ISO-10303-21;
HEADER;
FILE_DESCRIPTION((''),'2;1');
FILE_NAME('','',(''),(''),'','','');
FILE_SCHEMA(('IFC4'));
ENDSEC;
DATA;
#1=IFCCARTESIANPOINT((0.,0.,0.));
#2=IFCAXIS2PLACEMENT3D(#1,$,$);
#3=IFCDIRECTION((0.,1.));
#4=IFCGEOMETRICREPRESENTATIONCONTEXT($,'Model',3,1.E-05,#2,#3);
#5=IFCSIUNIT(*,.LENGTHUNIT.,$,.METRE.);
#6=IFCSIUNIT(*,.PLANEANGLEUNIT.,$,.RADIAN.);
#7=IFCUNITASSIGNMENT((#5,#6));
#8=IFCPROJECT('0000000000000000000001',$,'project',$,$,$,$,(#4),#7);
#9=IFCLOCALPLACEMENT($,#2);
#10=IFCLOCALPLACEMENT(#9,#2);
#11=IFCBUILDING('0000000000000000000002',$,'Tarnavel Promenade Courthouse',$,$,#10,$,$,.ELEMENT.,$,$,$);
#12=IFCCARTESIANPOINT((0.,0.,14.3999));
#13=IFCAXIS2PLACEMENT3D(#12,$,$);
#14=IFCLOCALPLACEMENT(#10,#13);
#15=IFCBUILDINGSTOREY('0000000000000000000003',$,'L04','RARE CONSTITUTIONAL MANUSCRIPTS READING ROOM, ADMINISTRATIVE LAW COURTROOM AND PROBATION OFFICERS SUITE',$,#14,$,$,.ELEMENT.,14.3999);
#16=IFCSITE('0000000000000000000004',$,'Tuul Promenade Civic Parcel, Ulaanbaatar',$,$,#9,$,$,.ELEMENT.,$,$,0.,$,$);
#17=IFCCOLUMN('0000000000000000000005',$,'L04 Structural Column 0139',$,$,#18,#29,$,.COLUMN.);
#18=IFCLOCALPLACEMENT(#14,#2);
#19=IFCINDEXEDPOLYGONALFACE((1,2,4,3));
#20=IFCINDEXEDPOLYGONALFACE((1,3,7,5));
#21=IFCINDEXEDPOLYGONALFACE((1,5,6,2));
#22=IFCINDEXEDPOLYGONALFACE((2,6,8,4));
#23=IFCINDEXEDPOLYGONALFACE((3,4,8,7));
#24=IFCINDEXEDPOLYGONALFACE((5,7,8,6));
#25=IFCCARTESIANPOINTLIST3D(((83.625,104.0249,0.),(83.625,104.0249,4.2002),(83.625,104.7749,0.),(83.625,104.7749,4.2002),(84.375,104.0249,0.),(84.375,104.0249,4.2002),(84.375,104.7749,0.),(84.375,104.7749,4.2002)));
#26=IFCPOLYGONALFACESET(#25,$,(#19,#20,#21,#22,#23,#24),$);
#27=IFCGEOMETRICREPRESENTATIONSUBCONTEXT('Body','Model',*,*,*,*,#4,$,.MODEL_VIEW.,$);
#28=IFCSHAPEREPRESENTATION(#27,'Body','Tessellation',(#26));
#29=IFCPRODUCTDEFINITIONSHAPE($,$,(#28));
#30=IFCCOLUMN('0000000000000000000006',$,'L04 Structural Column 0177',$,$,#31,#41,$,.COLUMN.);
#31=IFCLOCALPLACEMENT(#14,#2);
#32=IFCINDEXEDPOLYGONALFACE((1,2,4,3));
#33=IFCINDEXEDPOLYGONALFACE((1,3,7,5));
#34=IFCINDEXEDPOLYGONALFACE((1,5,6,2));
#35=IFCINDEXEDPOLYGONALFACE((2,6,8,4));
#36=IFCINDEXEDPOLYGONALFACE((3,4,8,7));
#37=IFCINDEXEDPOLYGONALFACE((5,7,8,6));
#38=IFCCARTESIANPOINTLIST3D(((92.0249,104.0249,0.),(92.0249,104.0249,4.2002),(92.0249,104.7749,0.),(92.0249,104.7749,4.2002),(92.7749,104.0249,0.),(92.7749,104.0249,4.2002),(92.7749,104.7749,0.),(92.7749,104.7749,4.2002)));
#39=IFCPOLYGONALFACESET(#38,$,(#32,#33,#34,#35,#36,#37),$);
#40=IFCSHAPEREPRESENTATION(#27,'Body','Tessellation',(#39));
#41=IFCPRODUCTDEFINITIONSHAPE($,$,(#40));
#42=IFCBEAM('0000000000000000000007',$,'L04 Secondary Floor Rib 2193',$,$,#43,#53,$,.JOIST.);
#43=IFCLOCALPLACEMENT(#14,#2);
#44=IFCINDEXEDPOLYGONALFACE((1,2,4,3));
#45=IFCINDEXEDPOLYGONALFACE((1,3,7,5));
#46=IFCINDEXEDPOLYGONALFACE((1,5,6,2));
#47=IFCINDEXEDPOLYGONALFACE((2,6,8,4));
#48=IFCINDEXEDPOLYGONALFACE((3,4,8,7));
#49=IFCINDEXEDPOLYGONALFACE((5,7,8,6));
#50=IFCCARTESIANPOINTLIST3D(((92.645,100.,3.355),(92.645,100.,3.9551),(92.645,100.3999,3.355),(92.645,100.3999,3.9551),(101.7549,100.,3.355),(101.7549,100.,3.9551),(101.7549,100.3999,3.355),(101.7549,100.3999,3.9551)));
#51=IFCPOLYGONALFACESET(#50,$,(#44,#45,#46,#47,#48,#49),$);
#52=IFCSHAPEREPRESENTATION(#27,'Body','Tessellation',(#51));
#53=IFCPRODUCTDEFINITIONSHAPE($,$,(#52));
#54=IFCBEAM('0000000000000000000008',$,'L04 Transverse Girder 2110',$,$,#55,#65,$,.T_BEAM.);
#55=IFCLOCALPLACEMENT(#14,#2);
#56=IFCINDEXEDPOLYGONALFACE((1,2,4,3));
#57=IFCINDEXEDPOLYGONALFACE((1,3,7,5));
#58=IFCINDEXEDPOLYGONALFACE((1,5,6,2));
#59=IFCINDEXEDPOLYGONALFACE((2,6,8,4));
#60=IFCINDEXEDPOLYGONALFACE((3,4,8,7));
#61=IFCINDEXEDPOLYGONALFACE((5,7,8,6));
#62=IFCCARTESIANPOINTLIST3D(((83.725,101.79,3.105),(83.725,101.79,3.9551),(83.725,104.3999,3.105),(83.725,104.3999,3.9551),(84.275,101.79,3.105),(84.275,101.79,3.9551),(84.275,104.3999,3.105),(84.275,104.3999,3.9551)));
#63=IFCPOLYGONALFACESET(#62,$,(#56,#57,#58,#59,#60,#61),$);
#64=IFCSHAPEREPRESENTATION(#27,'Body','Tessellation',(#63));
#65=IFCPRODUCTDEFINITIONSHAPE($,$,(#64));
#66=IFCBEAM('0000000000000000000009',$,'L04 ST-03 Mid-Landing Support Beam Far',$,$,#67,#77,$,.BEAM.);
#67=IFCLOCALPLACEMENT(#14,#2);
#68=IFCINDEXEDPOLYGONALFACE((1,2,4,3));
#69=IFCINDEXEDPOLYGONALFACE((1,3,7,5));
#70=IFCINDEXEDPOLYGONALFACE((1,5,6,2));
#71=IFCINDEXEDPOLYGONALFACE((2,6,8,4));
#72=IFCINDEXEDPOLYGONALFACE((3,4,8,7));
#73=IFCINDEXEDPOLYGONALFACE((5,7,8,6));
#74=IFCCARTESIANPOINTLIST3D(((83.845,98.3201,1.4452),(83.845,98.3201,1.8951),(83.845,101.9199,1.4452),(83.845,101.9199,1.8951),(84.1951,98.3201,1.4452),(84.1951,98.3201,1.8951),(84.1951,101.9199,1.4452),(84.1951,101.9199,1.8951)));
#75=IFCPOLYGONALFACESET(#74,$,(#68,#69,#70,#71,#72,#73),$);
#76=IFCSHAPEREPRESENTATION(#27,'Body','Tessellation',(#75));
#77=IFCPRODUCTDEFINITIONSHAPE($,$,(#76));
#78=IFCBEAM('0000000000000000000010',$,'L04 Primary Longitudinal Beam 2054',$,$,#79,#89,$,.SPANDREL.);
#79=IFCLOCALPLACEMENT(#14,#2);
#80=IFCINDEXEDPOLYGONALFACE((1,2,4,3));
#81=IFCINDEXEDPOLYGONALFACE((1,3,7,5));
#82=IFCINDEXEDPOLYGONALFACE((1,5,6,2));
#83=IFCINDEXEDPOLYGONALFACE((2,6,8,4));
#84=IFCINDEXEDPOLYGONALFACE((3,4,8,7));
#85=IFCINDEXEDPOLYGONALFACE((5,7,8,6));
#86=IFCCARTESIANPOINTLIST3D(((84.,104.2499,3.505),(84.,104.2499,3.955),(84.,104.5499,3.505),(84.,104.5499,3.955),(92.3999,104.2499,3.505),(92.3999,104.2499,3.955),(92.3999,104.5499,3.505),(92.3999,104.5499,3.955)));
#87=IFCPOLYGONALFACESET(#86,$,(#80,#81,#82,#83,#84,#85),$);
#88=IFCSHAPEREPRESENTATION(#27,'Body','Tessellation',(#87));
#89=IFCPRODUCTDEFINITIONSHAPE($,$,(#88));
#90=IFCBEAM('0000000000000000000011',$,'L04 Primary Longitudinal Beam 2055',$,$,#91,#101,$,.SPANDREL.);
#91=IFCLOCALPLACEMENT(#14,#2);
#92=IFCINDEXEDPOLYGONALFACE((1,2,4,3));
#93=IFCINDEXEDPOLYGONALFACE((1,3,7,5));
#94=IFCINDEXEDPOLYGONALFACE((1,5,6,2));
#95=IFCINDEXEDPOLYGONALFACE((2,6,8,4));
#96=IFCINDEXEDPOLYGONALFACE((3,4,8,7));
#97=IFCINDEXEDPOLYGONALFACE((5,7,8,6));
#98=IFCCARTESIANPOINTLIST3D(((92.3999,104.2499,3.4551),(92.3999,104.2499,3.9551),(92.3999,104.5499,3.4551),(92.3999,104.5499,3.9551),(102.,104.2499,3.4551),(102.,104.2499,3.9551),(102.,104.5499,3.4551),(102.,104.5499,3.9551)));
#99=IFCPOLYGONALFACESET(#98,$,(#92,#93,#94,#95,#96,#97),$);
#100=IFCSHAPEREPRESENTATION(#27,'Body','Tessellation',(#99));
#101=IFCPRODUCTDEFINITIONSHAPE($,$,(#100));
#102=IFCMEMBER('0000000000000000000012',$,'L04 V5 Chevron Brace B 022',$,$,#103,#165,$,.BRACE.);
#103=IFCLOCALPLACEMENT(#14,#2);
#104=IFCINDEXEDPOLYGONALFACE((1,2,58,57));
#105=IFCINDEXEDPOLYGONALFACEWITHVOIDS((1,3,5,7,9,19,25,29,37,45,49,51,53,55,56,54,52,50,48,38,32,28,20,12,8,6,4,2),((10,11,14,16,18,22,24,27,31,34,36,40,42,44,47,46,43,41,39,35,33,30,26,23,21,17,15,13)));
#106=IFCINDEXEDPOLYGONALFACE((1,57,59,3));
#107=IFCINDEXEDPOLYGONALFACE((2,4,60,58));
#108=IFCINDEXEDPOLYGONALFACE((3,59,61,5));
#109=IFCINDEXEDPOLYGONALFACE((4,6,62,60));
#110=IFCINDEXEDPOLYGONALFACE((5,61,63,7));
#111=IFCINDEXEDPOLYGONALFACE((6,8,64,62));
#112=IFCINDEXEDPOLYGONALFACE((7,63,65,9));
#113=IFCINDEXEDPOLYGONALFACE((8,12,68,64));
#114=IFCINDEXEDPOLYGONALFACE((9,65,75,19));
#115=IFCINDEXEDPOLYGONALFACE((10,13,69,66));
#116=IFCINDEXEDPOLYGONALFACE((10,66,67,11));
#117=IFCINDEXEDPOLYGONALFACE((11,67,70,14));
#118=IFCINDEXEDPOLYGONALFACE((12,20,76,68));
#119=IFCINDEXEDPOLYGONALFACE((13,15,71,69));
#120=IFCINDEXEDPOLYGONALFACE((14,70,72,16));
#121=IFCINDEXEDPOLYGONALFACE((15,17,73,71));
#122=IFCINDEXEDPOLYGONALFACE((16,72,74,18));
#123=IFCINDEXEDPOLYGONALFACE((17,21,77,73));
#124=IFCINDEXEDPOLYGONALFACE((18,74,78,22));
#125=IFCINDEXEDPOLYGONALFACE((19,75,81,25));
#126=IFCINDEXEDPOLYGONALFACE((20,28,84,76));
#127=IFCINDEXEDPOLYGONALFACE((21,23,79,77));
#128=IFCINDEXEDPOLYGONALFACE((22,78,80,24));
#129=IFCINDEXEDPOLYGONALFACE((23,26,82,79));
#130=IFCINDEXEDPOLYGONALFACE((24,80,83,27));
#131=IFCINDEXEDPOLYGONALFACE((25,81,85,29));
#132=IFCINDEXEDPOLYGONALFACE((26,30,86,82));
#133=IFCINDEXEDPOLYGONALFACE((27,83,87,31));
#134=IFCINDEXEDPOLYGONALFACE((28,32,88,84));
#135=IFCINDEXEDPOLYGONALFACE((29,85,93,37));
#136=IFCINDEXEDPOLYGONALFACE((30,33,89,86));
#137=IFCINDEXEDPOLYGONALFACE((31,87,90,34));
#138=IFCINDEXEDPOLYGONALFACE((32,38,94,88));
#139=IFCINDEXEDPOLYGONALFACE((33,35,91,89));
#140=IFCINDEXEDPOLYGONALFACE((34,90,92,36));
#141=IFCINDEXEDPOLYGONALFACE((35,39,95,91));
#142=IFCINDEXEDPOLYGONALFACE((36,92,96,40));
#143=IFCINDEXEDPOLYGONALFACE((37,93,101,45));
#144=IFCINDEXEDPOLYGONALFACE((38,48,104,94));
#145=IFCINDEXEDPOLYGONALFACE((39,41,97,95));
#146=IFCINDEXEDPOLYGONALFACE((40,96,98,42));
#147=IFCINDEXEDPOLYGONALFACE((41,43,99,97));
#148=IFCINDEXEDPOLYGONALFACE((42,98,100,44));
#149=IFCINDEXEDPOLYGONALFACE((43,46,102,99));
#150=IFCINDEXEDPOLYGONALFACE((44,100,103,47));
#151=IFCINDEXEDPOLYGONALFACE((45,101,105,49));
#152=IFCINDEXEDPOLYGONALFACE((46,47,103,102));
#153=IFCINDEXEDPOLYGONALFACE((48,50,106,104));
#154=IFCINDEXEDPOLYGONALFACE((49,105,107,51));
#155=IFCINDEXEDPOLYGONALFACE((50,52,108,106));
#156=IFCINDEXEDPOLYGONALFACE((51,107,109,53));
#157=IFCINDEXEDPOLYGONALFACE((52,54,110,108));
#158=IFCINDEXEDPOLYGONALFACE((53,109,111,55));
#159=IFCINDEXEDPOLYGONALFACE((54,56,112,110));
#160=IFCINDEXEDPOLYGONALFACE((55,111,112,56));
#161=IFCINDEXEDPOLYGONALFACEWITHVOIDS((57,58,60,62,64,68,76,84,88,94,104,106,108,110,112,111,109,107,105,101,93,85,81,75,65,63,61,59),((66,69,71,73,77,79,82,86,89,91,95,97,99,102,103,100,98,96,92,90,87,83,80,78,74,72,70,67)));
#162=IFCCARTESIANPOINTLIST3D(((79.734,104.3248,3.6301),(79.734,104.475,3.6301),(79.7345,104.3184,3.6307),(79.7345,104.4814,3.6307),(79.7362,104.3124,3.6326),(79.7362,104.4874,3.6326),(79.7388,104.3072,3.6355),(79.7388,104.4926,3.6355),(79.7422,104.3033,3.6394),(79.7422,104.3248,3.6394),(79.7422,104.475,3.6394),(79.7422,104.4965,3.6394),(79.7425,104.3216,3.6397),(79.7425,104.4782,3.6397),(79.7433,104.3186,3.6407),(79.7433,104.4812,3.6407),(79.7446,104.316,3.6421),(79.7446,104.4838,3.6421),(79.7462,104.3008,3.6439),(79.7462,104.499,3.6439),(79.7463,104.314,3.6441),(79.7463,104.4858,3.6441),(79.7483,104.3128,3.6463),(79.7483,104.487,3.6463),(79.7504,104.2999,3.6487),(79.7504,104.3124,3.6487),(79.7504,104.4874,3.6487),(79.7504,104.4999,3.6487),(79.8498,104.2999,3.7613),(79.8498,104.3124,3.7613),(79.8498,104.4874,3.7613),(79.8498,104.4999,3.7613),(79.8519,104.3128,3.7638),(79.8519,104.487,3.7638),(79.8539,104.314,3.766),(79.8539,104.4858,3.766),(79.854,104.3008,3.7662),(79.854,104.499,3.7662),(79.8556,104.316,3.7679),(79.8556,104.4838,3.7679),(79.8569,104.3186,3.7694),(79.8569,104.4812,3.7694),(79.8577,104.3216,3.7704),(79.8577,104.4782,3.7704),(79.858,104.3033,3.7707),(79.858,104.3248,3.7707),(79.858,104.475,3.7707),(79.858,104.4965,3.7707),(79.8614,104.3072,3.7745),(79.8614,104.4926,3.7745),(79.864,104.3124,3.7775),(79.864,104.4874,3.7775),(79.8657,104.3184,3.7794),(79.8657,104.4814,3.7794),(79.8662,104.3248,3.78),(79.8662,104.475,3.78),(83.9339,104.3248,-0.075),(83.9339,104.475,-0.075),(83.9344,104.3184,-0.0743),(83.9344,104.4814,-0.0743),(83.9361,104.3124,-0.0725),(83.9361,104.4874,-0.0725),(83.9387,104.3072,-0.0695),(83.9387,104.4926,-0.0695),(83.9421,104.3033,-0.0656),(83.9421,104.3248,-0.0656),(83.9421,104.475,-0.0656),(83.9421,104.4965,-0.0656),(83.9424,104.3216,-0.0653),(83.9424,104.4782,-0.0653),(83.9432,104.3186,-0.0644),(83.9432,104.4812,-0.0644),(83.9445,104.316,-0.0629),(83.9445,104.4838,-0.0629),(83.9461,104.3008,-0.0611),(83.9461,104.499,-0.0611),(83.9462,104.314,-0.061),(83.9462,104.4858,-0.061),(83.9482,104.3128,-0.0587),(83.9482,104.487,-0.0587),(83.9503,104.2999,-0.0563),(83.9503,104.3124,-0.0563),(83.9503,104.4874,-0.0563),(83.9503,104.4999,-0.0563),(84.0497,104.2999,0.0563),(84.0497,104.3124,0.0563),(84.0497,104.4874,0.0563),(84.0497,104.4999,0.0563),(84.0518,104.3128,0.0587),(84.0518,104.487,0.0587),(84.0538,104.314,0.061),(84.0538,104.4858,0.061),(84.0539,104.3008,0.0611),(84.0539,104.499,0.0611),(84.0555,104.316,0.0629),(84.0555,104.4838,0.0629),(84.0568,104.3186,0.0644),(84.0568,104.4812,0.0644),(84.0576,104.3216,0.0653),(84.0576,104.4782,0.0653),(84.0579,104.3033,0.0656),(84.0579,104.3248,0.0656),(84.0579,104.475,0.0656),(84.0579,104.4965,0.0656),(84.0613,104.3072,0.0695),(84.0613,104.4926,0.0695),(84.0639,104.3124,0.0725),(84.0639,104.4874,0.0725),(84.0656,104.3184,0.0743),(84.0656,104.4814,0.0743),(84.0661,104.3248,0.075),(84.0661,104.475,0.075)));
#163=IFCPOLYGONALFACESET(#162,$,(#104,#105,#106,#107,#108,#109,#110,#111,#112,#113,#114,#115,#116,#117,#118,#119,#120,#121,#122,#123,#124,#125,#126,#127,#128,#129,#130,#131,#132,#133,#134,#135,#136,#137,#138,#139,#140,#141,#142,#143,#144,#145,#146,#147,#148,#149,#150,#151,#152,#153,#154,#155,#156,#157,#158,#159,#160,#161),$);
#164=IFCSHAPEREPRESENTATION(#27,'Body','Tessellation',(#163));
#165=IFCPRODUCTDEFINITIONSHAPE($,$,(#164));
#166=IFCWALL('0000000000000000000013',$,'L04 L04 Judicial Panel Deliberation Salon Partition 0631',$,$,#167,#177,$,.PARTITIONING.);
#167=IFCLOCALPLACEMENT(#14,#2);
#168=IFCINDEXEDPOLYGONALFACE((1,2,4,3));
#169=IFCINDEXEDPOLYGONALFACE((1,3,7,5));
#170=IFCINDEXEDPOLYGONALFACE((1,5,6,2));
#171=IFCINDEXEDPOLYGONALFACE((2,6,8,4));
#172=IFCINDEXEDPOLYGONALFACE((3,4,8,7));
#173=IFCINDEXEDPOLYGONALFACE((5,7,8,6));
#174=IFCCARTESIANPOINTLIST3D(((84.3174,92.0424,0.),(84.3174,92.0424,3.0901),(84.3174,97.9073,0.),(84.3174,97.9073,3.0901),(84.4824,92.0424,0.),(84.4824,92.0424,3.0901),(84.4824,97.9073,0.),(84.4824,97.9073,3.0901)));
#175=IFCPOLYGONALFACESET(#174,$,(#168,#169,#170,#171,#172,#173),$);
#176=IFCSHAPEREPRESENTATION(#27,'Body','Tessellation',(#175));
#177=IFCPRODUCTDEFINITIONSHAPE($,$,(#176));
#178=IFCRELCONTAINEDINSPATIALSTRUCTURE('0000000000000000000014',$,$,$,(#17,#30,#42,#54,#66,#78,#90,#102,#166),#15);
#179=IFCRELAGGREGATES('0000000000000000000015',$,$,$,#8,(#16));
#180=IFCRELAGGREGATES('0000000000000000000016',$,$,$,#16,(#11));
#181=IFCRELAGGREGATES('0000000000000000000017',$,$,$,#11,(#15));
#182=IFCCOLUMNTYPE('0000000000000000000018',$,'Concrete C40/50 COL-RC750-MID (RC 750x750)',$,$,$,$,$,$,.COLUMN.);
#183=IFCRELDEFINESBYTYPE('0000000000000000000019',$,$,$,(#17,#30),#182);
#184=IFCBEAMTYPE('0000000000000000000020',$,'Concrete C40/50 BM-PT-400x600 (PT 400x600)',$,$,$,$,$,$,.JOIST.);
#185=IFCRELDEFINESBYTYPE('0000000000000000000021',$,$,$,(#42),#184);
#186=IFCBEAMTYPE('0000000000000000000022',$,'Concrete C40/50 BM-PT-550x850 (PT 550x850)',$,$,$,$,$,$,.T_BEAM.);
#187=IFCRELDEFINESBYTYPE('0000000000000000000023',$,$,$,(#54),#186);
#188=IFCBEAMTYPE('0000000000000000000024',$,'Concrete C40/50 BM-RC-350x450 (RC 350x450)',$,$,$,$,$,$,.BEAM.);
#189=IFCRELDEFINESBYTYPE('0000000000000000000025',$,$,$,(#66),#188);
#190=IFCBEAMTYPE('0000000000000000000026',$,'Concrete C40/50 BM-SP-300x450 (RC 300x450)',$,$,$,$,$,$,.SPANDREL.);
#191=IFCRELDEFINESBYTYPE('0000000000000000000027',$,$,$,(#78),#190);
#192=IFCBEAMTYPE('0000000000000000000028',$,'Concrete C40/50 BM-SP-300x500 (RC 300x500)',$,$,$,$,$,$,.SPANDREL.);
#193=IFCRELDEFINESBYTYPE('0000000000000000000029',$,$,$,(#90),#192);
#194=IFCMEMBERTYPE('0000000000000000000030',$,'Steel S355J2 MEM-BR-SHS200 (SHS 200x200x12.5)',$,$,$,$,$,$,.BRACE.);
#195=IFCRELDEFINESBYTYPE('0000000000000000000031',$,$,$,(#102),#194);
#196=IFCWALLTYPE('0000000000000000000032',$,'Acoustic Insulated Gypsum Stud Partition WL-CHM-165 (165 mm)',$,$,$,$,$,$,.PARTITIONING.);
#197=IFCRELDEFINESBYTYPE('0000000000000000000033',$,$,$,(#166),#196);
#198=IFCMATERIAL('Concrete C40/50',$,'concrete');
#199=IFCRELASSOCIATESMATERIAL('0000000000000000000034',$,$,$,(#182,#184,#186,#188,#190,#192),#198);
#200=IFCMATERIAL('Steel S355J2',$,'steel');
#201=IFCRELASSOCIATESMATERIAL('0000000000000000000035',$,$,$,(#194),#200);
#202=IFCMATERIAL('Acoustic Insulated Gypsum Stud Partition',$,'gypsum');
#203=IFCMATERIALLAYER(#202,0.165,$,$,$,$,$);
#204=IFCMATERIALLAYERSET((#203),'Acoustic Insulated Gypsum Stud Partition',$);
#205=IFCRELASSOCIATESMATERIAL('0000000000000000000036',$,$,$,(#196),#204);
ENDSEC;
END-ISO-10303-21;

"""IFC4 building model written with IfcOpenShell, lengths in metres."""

from ifc_helpers import new_model, si_unit, direction, frame, frame_2d, origin, origin_2d, place, context, subcontext, project, spatial, rectangle, hollow_rectangle, extrude, material, layer, layer_set, material_profile, profile_set, type_object, element, save


model = new_model("IFC4")

# Units and contexts
model_context = context("Model", 3, precision=1e-05, world=origin(), true_north=direction((0.0, 1.0)))
body_context = subcontext(model_context, "Body", "Model", "MODEL_VIEW")
ifc_project = project(units=[si_unit("LENGTHUNIT", "METRE"), si_unit("PLANEANGLEUNIT", "RADIAN")], contexts=[model_context])

# Site, building, storey
site_placement = place(None, origin())
site = spatial("IfcSite", under=ifc_project, at=site_placement, Name="Tuul Promenade Civic Parcel, Ulaanbaatar", CompositionType="ELEMENT", RefElevation=0.0)
building_placement = place(site_placement, origin())
building = spatial("IfcBuilding", under=site, at=building_placement, Name="Tarnavel Promenade Courthouse", CompositionType="ELEMENT")
storey_placement = place(building_placement, frame((0.0, 0.0, 14.3999)))
storey = spatial("IfcBuildingStorey", under=building, at=storey_placement, Name="L04", Description="RARE CONSTITUTIONAL MANUSCRIPTS READING ROOM, ADMINISTRATIVE LAW COURTROOM AND PROBATION OFFICERS SUITE", CompositionType="ELEMENT", Elevation=14.3999)

# Columns
ifc_material_1 = material(Name="Concrete C40/50", Category="concrete")
ifc_material_profile_1 = material_profile(ifc_material_1, rectangle(XDim=0.75, YDim=0.75, at=origin_2d()), Name="RC 750x750")
ifc_profile_set_1 = profile_set([ifc_material_profile_1], Name="Concrete C40/50")
column_type = type_object("IfcColumnType", Name="Concrete C40/50 COL-RC750-MID (RC 750x750)", PredefinedType="COLUMN", material=ifc_profile_set_1)
for number, where, z_axis, x_axis, name in (
    (1, (84.0, 104.3999, 0.0), (0.0, 0.0, 1.0), (1.0, 0.0, 0.0), "L04 Structural Column 0139"),
    (2, (92.3999, 104.3999, 0.0), (0.0, 0.0, 1.0), (1.0, 0.0, 0.0), "L04 Structural Column 0177"),
):
    element("IfcColumn", number, at=place(storey_placement, frame(where, z_axis=z_axis, x_axis=x_axis)), inside=storey, type_object=column_type, Name=name, PredefinedType="COLUMN", context=body_context, shape_type="SweptSolid", body=[
        extrude(rectangle(XDim=0.75, YDim=0.75, at=origin_2d()), origin(), (0.0, 0.0, 1.0), 4.2002),
    ])

# Beams
ifc_material_profile_2 = material_profile(ifc_material_1, rectangle(XDim=0.3999, YDim=0.6001, at=origin_2d()), Name="PT 400x600")
ifc_profile_set_2 = profile_set([ifc_material_profile_2], Name="Concrete C40/50")
beam_type_1 = type_object("IfcBeamType", Name="Concrete C40/50 BM-PT-400x600 (PT 400x600)", PredefinedType="JOIST", material=ifc_profile_set_2)
beam_1_placement = place(storey_placement, frame((92.645, 100.2, 3.655), z_axis=(1.0, 0.0, 0.0), x_axis=(0.0, 1.0, 0.0)))
element("IfcBeam", 3, at=beam_1_placement, inside=storey, type_object=beam_type_1, Name="L04 Secondary Floor Rib 2193", PredefinedType="JOIST", context=body_context, shape_type="SweptSolid", body=[
    extrude(rectangle(XDim=0.3999, YDim=0.6001, at=origin_2d()), origin(), (0.0, 0.0, 1.0), 9.1099),
])
ifc_material_profile_3 = material_profile(ifc_material_1, rectangle(XDim=0.55, YDim=0.8501, at=origin_2d()), Name="PT 550x850")
ifc_profile_set_3 = profile_set([ifc_material_profile_3], Name="Concrete C40/50")
beam_type_2 = type_object("IfcBeamType", Name="Concrete C40/50 BM-PT-550x850 (PT 550x850)", PredefinedType="T_BEAM", material=ifc_profile_set_3)
beam_2_placement = place(storey_placement, frame((84.0, 101.79, 3.53), z_axis=(0.0, 1.0, 0.0), x_axis=(-1.0, 0.0, 0.0)))
element("IfcBeam", 4, at=beam_2_placement, inside=storey, type_object=beam_type_2, Name="L04 Transverse Girder 2110", PredefinedType="T_BEAM", context=body_context, shape_type="SweptSolid", body=[
    extrude(rectangle(XDim=0.55, YDim=0.8501, at=origin_2d()), origin(), (0.0, 0.0, 1.0), 2.6099),
])
ifc_material_profile_4 = material_profile(ifc_material_1, rectangle(XDim=0.3501, YDim=0.45, at=origin_2d()), Name="RC 350x450")
ifc_profile_set_4 = profile_set([ifc_material_profile_4], Name="Concrete C40/50")
beam_type_3 = type_object("IfcBeamType", Name="Concrete C40/50 BM-RC-350x450 (RC 350x450)", PredefinedType="BEAM", material=ifc_profile_set_4)
beam_3_placement = place(storey_placement, frame((84.02, 98.3201, 1.6702), z_axis=(0.0, 1.0, 0.0), x_axis=(-1.0, 0.0, 0.0)))
element("IfcBeam", 5, at=beam_3_placement, inside=storey, type_object=beam_type_3, Name="L04 ST-03 Mid-Landing Support Beam Far", PredefinedType="BEAM", context=body_context, shape_type="SweptSolid", body=[
    extrude(rectangle(XDim=0.3501, YDim=0.45, at=origin_2d()), origin(), (0.0, 0.0, 1.0), 3.5999),
])
ifc_material_profile_5 = material_profile(ifc_material_1, rectangle(XDim=0.3, YDim=0.45, at=origin_2d()), Name="RC 300x450")
ifc_profile_set_5 = profile_set([ifc_material_profile_5], Name="Concrete C40/50")
beam_type_4 = type_object("IfcBeamType", Name="Concrete C40/50 BM-SP-300x450 (RC 300x450)", PredefinedType="SPANDREL", material=ifc_profile_set_5)
beam_4_placement = place(storey_placement, frame((84.0, 104.3999, 3.73), z_axis=(1.0, 0.0, 0.0), x_axis=(0.0, 1.0, 0.0)))
element("IfcBeam", 6, at=beam_4_placement, inside=storey, type_object=beam_type_4, Name="L04 Primary Longitudinal Beam 2054", PredefinedType="SPANDREL", context=body_context, shape_type="SweptSolid", body=[
    extrude(rectangle(XDim=0.3, YDim=0.45, at=origin_2d()), origin(), (0.0, 0.0, 1.0), 8.3999),
])
ifc_material_profile_6 = material_profile(ifc_material_1, rectangle(XDim=0.3, YDim=0.5, at=origin_2d()), Name="RC 300x500")
ifc_profile_set_6 = profile_set([ifc_material_profile_6], Name="Concrete C40/50")
beam_type_5 = type_object("IfcBeamType", Name="Concrete C40/50 BM-SP-300x500 (RC 300x500)", PredefinedType="SPANDREL", material=ifc_profile_set_6)
beam_5_placement = place(storey_placement, frame((92.3999, 104.3999, 3.7051), z_axis=(1.0, 0.0, 0.0), x_axis=(0.0, 1.0, 0.0)))
element("IfcBeam", 7, at=beam_5_placement, inside=storey, type_object=beam_type_5, Name="L04 Primary Longitudinal Beam 2055", PredefinedType="SPANDREL", context=body_context, shape_type="SweptSolid", body=[
    extrude(rectangle(XDim=0.3, YDim=0.5, at=origin_2d()), origin(), (0.0, 0.0, 1.0), 9.6001),
])

# Member
ifc_material_2 = material(Name="Steel S355J2", Category="steel")
ifc_material_profile_7 = material_profile(ifc_material_2, hollow_rectangle(XDim=0.2, YDim=0.2, WallThickness=0.0125, InnerFilletRadius=0.0125, OuterFilletRadius=0.0249, at=origin_2d()), Name="SHS 200x200x12.5")
ifc_profile_set_7 = profile_set([ifc_material_profile_7], Name="Steel S355J2")
member_type = type_object("IfcMemberType", Name="Steel S355J2 MEM-BR-SHS200 (SHS 200x200x12.5)", PredefinedType="BRACE", material=ifc_profile_set_7)
member_placement = place(storey_placement, frame((84.0, 104.3999, 0.0), z_axis=(-0.749905, 0.0, 0.661545), x_axis=(0.0, -1.0, 0.0)))
element("IfcMember", 8, at=member_placement, inside=storey, type_object=member_type, Name="L04 V5 Chevron Brace B 022", PredefinedType="BRACE", context=body_context, shape_type="SweptSolid", body=[
    extrude(hollow_rectangle(XDim=0.2, YDim=0.2, WallThickness=0.0125, InnerFilletRadius=0.0125, OuterFilletRadius=0.0249, at=origin_2d()), origin(), (0.0, 0.0, 1.0), 5.6006),
])

# Wall
ifc_material_3 = material(Name="Acoustic Insulated Gypsum Stud Partition", Category="gypsum")
ifc_layer_1 = layer(ifc_material_3, 0.165)
ifc_layer_set_1 = layer_set([ifc_layer_1], Name="Acoustic Insulated Gypsum Stud Partition")
wall_type_1 = type_object("IfcWallType", Name="Acoustic Insulated Gypsum Stud Partition WL-CHM-165 (165 mm)", PredefinedType="PARTITIONING", material=ifc_layer_set_1)
wall_1_placement = place(storey_placement, frame((84.3999, 97.9075, 0.0), z_axis=(0.0, 0.0, 1.0), x_axis=(0.0, -1.0, 0.0)))
element("IfcWall", 9, at=wall_1_placement, inside=storey, type_object=wall_type_1, Name="L04 L04 Judicial Panel Deliberation Salon Partition 0631", PredefinedType="PARTITIONING", context=body_context, shape_type="SweptSolid", body=[
    extrude(rectangle(XDim=5.865, YDim=0.165, at=frame_2d((2.9326, 0.0))), origin(), (0.0, 0.0, 1.0), 3.0901),
])

save(model, "model.ifc")
